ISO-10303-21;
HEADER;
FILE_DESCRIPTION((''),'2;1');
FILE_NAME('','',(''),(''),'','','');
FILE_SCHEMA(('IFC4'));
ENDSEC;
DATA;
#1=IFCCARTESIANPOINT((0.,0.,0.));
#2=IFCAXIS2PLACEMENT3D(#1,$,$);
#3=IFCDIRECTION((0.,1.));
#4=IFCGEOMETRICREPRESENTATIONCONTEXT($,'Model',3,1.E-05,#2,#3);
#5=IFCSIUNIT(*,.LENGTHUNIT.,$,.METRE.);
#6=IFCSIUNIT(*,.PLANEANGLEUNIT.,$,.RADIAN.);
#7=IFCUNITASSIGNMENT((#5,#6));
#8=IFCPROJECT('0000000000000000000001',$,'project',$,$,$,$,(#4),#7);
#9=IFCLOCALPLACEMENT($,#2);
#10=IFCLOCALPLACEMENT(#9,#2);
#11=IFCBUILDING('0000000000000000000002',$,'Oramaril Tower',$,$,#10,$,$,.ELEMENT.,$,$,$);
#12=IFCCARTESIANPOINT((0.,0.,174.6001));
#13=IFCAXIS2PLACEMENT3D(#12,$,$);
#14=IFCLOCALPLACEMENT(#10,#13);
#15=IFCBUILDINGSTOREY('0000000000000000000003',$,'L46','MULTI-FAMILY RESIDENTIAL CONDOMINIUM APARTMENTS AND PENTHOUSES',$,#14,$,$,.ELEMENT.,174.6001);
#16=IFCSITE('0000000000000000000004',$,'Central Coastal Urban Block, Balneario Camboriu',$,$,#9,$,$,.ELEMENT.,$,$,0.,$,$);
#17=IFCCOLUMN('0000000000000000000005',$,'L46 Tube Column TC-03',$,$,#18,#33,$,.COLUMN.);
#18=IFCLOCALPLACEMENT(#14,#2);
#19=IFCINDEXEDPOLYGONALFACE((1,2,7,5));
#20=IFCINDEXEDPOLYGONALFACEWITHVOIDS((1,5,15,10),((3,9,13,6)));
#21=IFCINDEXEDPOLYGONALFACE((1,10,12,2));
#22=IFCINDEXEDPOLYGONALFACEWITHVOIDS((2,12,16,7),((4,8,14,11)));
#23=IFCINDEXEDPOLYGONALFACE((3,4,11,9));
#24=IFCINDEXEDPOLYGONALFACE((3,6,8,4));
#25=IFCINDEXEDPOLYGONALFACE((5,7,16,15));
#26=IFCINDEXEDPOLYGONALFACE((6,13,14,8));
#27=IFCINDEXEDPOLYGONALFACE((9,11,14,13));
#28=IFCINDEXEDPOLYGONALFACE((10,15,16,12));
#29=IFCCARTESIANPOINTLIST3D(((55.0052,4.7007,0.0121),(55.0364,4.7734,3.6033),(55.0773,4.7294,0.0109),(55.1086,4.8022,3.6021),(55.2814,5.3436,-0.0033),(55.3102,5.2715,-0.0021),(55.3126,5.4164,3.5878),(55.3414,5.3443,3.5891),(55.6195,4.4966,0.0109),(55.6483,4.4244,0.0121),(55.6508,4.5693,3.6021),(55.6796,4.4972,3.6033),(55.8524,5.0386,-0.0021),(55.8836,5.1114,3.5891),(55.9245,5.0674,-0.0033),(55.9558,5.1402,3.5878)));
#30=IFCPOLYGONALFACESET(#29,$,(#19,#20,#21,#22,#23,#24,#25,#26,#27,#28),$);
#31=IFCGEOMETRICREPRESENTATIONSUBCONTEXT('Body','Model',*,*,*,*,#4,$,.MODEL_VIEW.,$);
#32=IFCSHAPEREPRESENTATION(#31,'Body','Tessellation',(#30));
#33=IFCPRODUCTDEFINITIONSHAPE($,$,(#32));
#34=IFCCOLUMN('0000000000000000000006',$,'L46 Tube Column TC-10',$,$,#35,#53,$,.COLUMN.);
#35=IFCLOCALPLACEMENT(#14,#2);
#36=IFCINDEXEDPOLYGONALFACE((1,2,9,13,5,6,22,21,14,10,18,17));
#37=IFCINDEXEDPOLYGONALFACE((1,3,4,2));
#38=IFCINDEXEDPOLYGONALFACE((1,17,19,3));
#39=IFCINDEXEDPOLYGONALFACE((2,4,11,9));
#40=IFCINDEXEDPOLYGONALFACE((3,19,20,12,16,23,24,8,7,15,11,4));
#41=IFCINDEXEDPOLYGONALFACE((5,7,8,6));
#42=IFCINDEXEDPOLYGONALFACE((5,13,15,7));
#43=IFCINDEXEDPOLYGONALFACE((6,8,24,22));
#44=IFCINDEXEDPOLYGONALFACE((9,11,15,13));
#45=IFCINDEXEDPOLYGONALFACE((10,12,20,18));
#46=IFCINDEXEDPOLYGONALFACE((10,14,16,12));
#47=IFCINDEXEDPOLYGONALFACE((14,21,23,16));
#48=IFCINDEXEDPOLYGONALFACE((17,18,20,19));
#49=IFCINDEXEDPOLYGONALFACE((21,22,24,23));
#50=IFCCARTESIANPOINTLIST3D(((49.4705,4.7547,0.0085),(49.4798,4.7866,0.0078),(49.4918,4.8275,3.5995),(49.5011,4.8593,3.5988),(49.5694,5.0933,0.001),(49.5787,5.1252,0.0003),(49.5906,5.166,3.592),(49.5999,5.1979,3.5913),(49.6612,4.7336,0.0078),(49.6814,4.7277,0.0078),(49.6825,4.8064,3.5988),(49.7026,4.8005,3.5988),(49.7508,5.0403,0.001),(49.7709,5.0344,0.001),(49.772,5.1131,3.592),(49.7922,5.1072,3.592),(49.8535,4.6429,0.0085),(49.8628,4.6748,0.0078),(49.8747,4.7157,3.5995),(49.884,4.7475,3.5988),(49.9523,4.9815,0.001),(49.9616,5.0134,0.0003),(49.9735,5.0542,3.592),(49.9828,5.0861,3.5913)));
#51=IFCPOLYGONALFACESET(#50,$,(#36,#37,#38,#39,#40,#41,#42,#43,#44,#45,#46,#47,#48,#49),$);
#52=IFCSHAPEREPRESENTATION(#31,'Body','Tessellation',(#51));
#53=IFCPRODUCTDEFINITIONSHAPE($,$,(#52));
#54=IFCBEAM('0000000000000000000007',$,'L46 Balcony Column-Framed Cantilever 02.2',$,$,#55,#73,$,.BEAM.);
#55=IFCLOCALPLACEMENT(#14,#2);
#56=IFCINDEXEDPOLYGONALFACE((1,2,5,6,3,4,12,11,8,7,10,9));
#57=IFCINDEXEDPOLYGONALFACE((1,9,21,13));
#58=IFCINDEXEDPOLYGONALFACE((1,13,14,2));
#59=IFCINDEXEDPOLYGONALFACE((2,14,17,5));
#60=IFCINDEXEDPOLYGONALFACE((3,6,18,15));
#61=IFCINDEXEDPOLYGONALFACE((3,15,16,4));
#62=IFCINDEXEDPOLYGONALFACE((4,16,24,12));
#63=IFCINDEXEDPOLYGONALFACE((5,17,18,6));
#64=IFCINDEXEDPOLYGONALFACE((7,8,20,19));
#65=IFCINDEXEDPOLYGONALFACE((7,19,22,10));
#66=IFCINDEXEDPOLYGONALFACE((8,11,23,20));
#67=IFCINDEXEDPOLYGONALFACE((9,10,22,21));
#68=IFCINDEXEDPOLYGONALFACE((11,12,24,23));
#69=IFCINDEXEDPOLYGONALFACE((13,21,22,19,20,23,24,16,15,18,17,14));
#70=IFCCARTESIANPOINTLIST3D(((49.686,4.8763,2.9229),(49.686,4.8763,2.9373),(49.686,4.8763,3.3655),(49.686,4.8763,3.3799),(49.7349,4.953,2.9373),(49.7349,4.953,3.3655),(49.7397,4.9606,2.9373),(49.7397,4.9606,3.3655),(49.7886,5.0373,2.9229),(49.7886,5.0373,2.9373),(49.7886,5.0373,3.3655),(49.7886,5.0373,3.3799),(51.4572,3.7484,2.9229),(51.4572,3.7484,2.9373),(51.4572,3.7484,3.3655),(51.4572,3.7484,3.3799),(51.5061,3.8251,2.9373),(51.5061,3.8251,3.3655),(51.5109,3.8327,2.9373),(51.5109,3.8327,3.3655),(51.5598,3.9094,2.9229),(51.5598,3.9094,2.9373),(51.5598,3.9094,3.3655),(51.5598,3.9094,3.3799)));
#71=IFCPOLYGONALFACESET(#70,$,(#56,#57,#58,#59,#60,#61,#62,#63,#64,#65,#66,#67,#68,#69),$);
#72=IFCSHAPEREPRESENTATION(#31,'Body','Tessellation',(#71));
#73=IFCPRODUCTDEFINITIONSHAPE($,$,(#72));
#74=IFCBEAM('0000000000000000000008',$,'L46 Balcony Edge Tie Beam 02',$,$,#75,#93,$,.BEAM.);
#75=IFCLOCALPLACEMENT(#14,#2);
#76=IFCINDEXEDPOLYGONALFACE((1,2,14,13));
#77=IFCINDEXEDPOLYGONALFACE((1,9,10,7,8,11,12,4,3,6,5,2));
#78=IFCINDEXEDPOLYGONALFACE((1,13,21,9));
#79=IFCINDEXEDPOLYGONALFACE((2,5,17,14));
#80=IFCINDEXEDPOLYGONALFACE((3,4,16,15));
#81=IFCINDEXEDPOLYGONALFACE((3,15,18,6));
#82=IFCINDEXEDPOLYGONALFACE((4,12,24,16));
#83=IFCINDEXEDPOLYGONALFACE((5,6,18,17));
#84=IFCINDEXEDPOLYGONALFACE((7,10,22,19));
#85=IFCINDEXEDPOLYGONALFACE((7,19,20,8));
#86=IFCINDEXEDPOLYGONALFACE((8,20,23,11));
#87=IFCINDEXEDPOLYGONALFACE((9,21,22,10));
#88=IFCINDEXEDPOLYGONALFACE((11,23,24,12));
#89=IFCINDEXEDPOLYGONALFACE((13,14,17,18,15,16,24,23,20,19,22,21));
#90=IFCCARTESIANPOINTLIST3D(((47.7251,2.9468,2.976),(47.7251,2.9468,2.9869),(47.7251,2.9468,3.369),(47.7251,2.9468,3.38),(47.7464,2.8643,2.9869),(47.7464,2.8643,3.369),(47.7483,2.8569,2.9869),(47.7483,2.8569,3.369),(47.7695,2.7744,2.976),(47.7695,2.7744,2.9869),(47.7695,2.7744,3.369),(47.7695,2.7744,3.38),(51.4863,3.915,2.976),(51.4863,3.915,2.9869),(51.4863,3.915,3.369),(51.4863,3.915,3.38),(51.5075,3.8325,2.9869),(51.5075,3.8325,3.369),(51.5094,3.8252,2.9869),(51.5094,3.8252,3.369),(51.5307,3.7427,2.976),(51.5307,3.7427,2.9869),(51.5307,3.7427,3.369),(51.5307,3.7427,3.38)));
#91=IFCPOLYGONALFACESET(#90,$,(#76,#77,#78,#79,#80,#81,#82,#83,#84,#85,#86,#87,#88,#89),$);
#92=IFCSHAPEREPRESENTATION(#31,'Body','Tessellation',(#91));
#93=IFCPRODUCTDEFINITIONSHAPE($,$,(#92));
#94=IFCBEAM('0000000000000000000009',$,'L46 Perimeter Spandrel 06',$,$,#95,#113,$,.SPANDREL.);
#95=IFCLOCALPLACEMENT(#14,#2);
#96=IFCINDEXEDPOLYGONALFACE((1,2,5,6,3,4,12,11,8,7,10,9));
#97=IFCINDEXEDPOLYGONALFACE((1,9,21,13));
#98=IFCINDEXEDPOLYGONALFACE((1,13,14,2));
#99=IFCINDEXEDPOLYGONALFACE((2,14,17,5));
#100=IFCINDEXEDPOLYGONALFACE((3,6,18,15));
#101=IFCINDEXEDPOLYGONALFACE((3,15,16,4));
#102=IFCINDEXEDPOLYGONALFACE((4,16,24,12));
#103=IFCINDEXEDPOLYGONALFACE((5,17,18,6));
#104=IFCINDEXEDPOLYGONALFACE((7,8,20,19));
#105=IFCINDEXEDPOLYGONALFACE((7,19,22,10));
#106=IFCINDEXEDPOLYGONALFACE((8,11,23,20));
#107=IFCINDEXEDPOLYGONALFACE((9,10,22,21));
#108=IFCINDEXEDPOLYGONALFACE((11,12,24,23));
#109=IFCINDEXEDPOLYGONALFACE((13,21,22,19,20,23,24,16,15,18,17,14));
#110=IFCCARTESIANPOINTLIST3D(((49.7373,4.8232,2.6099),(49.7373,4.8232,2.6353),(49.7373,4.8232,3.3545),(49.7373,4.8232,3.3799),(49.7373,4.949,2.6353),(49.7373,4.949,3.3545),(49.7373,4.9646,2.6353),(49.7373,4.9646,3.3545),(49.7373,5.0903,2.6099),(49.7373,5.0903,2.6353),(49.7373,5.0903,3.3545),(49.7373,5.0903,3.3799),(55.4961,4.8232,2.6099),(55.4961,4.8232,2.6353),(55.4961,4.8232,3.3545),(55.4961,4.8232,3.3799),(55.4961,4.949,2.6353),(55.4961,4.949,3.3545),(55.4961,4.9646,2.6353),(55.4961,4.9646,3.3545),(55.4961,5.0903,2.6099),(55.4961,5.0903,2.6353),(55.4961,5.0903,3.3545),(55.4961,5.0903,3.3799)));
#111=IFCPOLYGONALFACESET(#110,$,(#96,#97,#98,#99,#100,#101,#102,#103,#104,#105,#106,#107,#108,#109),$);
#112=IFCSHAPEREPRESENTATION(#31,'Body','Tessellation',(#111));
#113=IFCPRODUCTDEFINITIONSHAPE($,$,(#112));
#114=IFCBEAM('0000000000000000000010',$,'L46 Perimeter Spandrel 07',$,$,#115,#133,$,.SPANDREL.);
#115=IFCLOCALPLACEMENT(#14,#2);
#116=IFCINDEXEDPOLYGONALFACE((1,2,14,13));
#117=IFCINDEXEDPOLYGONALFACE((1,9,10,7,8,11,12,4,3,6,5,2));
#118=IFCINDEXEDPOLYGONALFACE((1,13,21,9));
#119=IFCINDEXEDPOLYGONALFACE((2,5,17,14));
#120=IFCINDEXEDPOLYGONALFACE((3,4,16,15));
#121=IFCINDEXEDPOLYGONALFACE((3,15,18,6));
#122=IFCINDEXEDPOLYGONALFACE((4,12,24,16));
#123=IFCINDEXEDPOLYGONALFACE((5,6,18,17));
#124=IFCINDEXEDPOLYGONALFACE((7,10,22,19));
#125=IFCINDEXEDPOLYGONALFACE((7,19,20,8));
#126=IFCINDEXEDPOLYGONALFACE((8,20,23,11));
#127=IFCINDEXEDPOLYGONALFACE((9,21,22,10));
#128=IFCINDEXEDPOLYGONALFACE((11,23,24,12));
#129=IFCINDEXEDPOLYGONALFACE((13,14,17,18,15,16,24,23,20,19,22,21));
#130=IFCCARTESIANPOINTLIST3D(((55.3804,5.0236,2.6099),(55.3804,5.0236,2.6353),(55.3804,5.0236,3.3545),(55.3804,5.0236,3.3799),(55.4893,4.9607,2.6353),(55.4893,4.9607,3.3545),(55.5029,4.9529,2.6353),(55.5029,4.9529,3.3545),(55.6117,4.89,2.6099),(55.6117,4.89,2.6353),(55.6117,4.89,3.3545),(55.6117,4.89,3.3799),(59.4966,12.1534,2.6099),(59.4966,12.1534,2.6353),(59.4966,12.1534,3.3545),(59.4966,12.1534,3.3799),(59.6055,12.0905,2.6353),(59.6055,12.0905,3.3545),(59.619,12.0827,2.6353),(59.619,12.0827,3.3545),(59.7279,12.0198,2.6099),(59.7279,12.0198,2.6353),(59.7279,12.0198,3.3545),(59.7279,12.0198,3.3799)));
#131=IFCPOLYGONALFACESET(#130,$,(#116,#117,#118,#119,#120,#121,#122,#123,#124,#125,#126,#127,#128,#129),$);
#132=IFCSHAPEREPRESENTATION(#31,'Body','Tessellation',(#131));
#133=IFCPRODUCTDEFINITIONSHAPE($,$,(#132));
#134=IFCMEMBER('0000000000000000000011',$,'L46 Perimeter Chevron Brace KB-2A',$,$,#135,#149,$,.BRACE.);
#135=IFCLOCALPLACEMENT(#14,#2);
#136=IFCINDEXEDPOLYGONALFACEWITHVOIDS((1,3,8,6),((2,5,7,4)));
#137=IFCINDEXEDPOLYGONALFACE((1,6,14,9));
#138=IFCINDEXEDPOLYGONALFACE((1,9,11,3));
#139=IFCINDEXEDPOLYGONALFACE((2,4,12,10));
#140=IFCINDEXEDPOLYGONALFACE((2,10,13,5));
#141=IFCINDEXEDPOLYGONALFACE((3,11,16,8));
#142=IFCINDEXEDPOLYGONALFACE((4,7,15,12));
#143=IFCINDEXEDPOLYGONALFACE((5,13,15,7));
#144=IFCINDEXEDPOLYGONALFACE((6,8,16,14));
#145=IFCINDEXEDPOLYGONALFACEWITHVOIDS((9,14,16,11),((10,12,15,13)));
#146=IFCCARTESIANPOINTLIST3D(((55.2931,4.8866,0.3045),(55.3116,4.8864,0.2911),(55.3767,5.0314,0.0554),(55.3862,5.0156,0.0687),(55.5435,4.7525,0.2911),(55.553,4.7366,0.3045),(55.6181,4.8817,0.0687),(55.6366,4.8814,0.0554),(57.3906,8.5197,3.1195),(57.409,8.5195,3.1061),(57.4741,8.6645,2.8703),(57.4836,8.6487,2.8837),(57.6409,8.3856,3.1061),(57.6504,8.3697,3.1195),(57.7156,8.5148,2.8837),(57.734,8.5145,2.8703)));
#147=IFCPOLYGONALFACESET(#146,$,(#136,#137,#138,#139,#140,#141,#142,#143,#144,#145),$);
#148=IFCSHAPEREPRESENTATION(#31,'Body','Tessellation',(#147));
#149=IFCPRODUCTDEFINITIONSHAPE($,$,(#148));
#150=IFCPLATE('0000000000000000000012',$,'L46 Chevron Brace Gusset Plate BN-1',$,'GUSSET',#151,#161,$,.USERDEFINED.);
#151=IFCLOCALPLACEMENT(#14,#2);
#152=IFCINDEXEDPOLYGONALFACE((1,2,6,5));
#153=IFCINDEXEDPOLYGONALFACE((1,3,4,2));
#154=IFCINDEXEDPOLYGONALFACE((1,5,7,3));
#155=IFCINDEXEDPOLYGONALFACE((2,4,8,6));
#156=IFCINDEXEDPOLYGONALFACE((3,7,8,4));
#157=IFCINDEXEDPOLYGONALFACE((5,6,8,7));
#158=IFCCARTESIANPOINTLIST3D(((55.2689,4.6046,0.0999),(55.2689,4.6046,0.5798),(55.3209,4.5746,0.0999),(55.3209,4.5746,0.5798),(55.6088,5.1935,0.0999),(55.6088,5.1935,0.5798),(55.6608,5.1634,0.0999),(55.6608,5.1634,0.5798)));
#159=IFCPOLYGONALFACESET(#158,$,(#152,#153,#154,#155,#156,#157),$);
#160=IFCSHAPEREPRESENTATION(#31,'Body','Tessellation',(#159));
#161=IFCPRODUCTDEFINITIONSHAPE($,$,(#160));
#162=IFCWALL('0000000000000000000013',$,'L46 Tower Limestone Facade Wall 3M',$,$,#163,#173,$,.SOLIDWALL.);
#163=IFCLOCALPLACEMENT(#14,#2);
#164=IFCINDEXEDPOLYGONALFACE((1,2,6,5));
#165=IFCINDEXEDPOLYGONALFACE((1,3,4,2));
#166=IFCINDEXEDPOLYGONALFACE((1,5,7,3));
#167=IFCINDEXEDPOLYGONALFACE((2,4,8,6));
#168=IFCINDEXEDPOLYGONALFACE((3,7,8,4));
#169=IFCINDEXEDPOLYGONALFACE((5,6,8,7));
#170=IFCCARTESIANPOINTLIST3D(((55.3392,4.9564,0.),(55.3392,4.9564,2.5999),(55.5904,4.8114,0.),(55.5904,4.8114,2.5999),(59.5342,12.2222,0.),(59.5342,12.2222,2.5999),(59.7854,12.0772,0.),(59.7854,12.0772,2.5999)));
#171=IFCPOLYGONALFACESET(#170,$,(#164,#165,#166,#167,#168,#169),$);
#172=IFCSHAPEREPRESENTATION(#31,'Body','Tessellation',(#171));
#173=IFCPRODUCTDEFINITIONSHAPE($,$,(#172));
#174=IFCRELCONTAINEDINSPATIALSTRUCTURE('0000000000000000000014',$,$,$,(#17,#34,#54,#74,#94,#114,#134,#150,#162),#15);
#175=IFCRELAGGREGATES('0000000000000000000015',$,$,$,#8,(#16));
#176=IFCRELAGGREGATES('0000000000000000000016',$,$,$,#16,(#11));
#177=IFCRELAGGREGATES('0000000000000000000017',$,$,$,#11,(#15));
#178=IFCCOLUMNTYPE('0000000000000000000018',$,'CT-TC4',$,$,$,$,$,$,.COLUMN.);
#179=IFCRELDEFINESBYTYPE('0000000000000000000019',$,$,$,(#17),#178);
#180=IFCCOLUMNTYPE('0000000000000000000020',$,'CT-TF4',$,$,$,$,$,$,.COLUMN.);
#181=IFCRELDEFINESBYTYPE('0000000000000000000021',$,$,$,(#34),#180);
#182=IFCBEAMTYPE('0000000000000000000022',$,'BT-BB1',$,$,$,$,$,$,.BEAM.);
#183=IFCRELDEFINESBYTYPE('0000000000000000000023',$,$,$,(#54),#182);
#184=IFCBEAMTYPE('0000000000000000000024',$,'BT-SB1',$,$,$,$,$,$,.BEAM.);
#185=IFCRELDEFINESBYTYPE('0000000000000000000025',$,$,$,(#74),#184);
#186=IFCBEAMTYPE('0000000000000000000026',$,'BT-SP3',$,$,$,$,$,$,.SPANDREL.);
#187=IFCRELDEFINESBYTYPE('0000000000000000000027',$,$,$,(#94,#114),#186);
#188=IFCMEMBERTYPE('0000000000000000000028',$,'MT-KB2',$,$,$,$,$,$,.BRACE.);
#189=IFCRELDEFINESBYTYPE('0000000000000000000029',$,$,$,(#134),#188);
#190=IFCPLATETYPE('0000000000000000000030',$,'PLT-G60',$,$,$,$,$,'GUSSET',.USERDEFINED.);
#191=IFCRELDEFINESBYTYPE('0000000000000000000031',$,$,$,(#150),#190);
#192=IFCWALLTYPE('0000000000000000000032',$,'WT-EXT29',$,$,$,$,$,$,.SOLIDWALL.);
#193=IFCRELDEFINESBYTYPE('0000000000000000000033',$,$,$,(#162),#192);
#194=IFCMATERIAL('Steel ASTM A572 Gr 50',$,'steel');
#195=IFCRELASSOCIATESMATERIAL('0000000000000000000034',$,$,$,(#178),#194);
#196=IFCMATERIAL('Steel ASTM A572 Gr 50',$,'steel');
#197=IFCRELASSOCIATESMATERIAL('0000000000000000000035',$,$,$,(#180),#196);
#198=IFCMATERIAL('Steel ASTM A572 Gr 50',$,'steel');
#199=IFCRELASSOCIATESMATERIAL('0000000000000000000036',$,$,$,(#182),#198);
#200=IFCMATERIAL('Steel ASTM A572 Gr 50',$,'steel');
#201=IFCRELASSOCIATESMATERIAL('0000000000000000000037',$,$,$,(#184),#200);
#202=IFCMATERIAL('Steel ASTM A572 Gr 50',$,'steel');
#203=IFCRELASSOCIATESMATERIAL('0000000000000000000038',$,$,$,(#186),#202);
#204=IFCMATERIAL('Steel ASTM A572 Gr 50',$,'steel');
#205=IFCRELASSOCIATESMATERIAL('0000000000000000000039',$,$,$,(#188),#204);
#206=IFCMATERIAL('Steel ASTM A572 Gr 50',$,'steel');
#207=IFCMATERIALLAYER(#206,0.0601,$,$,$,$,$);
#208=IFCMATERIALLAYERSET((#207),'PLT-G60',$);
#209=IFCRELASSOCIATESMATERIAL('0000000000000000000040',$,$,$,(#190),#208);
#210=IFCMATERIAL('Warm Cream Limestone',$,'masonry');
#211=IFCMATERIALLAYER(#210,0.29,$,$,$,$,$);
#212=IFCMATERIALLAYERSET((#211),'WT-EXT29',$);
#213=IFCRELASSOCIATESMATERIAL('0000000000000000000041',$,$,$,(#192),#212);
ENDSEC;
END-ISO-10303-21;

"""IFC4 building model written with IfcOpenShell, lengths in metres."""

from ifc_helpers import new_model, si_unit, direction, frame, frame_2d, origin, origin_2d, place, context, subcontext, project, spatial, rectangle, hollow_rectangle, i_section, extrude, material, layer, layer_set, material_profile, profile_set, type_object, element, save


model = new_model("IFC4")

# Units and contexts
model_context = context("Model", 3, precision=1e-05, world=origin(), true_north=direction((0.0, 1.0)))
body_context = subcontext(model_context, "Body", "Model", "MODEL_VIEW")
ifc_project = project(units=[si_unit("LENGTHUNIT", "METRE"), si_unit("PLANEANGLEUNIT", "RADIAN")], contexts=[model_context])

# Site, building, storey
site_placement = place(None, origin())
site = spatial("IfcSite", under=ifc_project, at=site_placement, Name="Central Coastal Urban Block, Balneario Camboriu", CompositionType="ELEMENT", RefElevation=0.0)
building_placement = place(site_placement, origin())
building = spatial("IfcBuilding", under=site, at=building_placement, Name="Oramaril Tower", CompositionType="ELEMENT")
storey_placement = place(building_placement, frame((0.0, 0.0, 174.6001)))
storey = spatial("IfcBuildingStorey", under=building, at=storey_placement, Name="L46", Description="MULTI-FAMILY RESIDENTIAL CONDOMINIUM APARTMENTS AND PENTHOUSES", CompositionType="ELEMENT", Elevation=174.6001)

# Columns
ifc_material_1 = material(Name="Steel ASTM A572 Gr 50", Category="steel")
ifc_material_profile_1 = material_profile(ifc_material_1, hollow_rectangle(XDim=0.7, YDim=0.7, WallThickness=0.0549, at=origin_2d()), Name="BOX700X700X55")
ifc_profile_set_1 = profile_set([ifc_material_profile_1], Name="Steel ASTM A572 Gr 50")
column_type_1 = type_object("IfcColumnType", Name="CT-TC4", PredefinedType="COLUMN", material=ifc_profile_set_1)
column_1_placement = place(storey_placement, frame((55.4648, 4.884, 0.0044), z_axis=(0.0087, 0.020255, 0.999757), x_axis=(-0.918826, 0.394663, 0.0)))
element("IfcColumn", 1, at=column_1_placement, inside=storey, type_object=column_type_1, Name="L46 Tube Column TC-03", PredefinedType="COLUMN", context=body_context, shape_type="SweptSolid", body=[
    extrude(hollow_rectangle(XDim=0.7, YDim=0.7, WallThickness=0.0549, at=origin_2d()), origin(), (0.0, 0.0, 1.0), 3.592),
])
ifc_material_2 = material(Name="Steel ASTM A572 Gr 50", Category="steel")
ifc_material_profile_2 = material_profile(ifc_material_2, i_section(OverallWidth=0.3989, OverallDepth=0.386, WebThickness=0.021, FlangeThickness=0.0332, at=origin_2d()), Name="W14X176")
ifc_profile_set_2 = profile_set([ifc_material_profile_2], Name="Steel ASTM A572 Gr 50")
column_type_2 = type_object("IfcColumnType", Name="CT-TF4", PredefinedType="COLUMN", material=ifc_profile_set_2)
column_2_placement = place(storey_placement, frame((49.7161, 4.884, 0.0044), z_axis=(0.005913, 0.020255, 0.999777), x_axis=(-0.959928, 0.280247, 0.0)))
element("IfcColumn", 2, at=column_2_placement, inside=storey, type_object=column_type_2, Name="L46 Tube Column TC-10", PredefinedType="COLUMN", context=body_context, shape_type="SweptSolid", body=[
    extrude(i_section(OverallWidth=0.3989, OverallDepth=0.386, WebThickness=0.021, FlangeThickness=0.0332, at=origin_2d()), origin(), (0.0, 0.0, 1.0), 3.5918),
])

# Beams
ifc_material_3 = material(Name="Steel ASTM A572 Gr 50", Category="steel")
ifc_material_profile_3 = material_profile(ifc_material_3, i_section(OverallWidth=0.1909, OverallDepth=0.457, WebThickness=0.009, FlangeThickness=0.0144, at=origin_2d()), Name="W18X50")
ifc_profile_set_3 = profile_set([ifc_material_profile_3], Name="Steel ASTM A572 Gr 50")
beam_type_1 = type_object("IfcBeamType", Name="BT-BB1", PredefinedType="BEAM", material=ifc_profile_set_3)
beam_1_placement = place(storey_placement, frame((49.7373, 4.9568, 3.1514), z_axis=(0.843494, -0.537139, 0.0), x_axis=(0.537139, 0.843494, 0.0)))
element("IfcBeam", 3, at=beam_1_placement, inside=storey, type_object=beam_type_1, Name="L46 Balcony Column-Framed Cantilever 02.2", PredefinedType="BEAM", context=body_context, shape_type="SweptSolid", body=[
    extrude(i_section(OverallWidth=0.1909, OverallDepth=0.457, WebThickness=0.009, FlangeThickness=0.0144, at=origin_2d()), origin(), (0.0, 0.0, 1.0), 2.0999),
])
ifc_material_4 = material(Name="Steel ASTM A572 Gr 50", Category="steel")
ifc_material_profile_4 = material_profile(ifc_material_4, i_section(OverallWidth=0.178, OverallDepth=0.4041, WebThickness=0.0076, FlangeThickness=0.011, at=origin_2d()), Name="W16X36")
ifc_profile_set_4 = profile_set([ifc_material_profile_4], Name="Steel ASTM A572 Gr 50")
beam_type_2 = type_object("IfcBeamType", Name="BT-SB1", PredefinedType="BEAM", material=ifc_profile_set_4)
beam_2_placement = place(storey_placement, frame((47.7473, 2.8606, 3.178), z_axis=(0.968425, 0.249304, 0.0), x_axis=(-0.249304, 0.968425, 0.0)))
element("IfcBeam", 4, at=beam_2_placement, inside=storey, type_object=beam_type_2, Name="L46 Balcony Edge Tie Beam 02", PredefinedType="BEAM", context=body_context, shape_type="SweptSolid", body=[
    extrude(i_section(OverallWidth=0.178, OverallDepth=0.4041, WebThickness=0.0076, FlangeThickness=0.011, at=origin_2d()), origin(), (0.0, 0.0, 1.0), 3.8838),
])
ifc_material_5 = material(Name="Steel ASTM A572 Gr 50", Category="steel")
ifc_material_profile_5 = material_profile(ifc_material_5, i_section(OverallWidth=0.2671, OverallDepth=0.77, WebThickness=0.0156, FlangeThickness=0.0254, at=origin_2d()), Name="W30X132")
ifc_profile_set_5 = profile_set([ifc_material_profile_5], Name="Steel ASTM A572 Gr 50")
beam_type_3 = type_object("IfcBeamType", Name="BT-SP3", PredefinedType="SPANDREL", material=ifc_profile_set_5)
beam_3_placement = place(storey_placement, frame((49.7373, 4.9568, 2.9949), z_axis=(1.0, 0.0, 0.0), x_axis=(0.0, 1.0, 0.0)))
element("IfcBeam", 5, at=beam_3_placement, inside=storey, type_object=beam_type_3, Name="L46 Perimeter Spandrel 06", PredefinedType="SPANDREL", context=body_context, shape_type="SweptSolid", body=[
    extrude(i_section(OverallWidth=0.2671, OverallDepth=0.77, WebThickness=0.0156, FlangeThickness=0.0254, at=origin_2d()), origin(), (0.0, 0.0, 1.0), 5.7588),
])
beam_4_placement = place(storey_placement, frame((55.4961, 4.9568, 2.9949), z_axis=(0.499979, 0.866037, 0.0), x_axis=(-0.866037, 0.499979, 0.0)))
element("IfcBeam", 6, at=beam_4_placement, inside=storey, type_object=beam_type_3, Name="L46 Perimeter Spandrel 07", PredefinedType="SPANDREL", context=body_context, shape_type="SweptSolid", body=[
    extrude(i_section(OverallWidth=0.2671, OverallDepth=0.77, WebThickness=0.0156, FlangeThickness=0.0254, at=origin_2d()), origin(), (0.0, 0.0, 1.0), 8.2327),
])

# Member
ifc_material_6 = material(Name="Steel ASTM A572 Gr 50", Category="steel")
ifc_material_profile_6 = material_profile(ifc_material_6, hollow_rectangle(XDim=0.3, YDim=0.3, WallThickness=0.0161, at=origin_2d()), Name="HSS300X300X16")
ifc_profile_set_6 = profile_set([ifc_material_profile_6], Name="Steel ASTM A572 Gr 50")
member_type = type_object("IfcMemberType", Name="MT-KB2", PredefinedType="BRACE", material=ifc_profile_set_6)
member_placement = place(storey_placement, frame((55.4648, 4.884, 0.1799), z_axis=(0.415169, 0.71914, 0.5572), x_axis=(-0.866039, 0.499976, 0.0)))
element("IfcMember", 7, at=member_placement, inside=storey, type_object=member_type, Name="L46 Perimeter Chevron Brace KB-2A", PredefinedType="BRACE", context=body_context, shape_type="SweptSolid", body=[
    extrude(hollow_rectangle(XDim=0.3, YDim=0.3, WallThickness=0.0161, at=origin_2d()), origin(), (0.0, 0.0, 1.0), 5.052),
])

# Plate
ifc_material_7 = material(Name="Steel ASTM A572 Gr 50", Category="steel")
ifc_layer_1 = layer(ifc_material_7, 0.0601)
ifc_layer_set_1 = layer_set([ifc_layer_1], Name="PLT-G60")
plate_type = type_object("IfcPlateType", Name="PLT-G60", ElementType="GUSSET", PredefinedType="USERDEFINED", material=ifc_layer_set_1)
plate_placement = place(storey_placement, frame((55.4648, 4.884, 0.0999), z_axis=(0.0, 0.0, 1.0), x_axis=(0.499997, 0.866027, 0.0)))
element("IfcPlate", 8, at=plate_placement, inside=storey, type_object=plate_type, Name="L46 Chevron Brace Gusset Plate BN-1", ObjectType="GUSSET", PredefinedType="USERDEFINED", context=body_context, shape_type="SweptSolid", body=[
    extrude(rectangle(XDim=0.6799, YDim=0.0601, at=origin_2d()), origin(), (0.0, 0.0, 1.0), 0.48),
])

# Wall
ifc_material_8 = material(Name="Warm Cream Limestone", Category="masonry")
ifc_layer_2 = layer(ifc_material_8, 0.29)
ifc_layer_set_2 = layer_set([ifc_layer_2], Name="WT-EXT29")
wall_type_1 = type_object("IfcWallType", Name="WT-EXT29", PredefinedType="SOLIDWALL", material=ifc_layer_set_2)
wall_1_placement = place(storey_placement, frame((55.4648, 4.884, 0.0), z_axis=(0.0, 0.0, 1.0), x_axis=(0.50001, 0.866019, 0.0)))
element("IfcWall", 9, at=wall_1_placement, inside=storey, type_object=wall_type_1, Name="L46 Tower Limestone Facade Wall 3M", PredefinedType="SOLIDWALL", context=body_context, shape_type="SweptSolid", body=[
    extrude(rectangle(XDim=8.3899, YDim=0.29, at=frame_2d((4.1948, 0.0))), origin(), (0.0, 0.0, 1.0), 2.5999),
])

save(model, "model.ifc")
